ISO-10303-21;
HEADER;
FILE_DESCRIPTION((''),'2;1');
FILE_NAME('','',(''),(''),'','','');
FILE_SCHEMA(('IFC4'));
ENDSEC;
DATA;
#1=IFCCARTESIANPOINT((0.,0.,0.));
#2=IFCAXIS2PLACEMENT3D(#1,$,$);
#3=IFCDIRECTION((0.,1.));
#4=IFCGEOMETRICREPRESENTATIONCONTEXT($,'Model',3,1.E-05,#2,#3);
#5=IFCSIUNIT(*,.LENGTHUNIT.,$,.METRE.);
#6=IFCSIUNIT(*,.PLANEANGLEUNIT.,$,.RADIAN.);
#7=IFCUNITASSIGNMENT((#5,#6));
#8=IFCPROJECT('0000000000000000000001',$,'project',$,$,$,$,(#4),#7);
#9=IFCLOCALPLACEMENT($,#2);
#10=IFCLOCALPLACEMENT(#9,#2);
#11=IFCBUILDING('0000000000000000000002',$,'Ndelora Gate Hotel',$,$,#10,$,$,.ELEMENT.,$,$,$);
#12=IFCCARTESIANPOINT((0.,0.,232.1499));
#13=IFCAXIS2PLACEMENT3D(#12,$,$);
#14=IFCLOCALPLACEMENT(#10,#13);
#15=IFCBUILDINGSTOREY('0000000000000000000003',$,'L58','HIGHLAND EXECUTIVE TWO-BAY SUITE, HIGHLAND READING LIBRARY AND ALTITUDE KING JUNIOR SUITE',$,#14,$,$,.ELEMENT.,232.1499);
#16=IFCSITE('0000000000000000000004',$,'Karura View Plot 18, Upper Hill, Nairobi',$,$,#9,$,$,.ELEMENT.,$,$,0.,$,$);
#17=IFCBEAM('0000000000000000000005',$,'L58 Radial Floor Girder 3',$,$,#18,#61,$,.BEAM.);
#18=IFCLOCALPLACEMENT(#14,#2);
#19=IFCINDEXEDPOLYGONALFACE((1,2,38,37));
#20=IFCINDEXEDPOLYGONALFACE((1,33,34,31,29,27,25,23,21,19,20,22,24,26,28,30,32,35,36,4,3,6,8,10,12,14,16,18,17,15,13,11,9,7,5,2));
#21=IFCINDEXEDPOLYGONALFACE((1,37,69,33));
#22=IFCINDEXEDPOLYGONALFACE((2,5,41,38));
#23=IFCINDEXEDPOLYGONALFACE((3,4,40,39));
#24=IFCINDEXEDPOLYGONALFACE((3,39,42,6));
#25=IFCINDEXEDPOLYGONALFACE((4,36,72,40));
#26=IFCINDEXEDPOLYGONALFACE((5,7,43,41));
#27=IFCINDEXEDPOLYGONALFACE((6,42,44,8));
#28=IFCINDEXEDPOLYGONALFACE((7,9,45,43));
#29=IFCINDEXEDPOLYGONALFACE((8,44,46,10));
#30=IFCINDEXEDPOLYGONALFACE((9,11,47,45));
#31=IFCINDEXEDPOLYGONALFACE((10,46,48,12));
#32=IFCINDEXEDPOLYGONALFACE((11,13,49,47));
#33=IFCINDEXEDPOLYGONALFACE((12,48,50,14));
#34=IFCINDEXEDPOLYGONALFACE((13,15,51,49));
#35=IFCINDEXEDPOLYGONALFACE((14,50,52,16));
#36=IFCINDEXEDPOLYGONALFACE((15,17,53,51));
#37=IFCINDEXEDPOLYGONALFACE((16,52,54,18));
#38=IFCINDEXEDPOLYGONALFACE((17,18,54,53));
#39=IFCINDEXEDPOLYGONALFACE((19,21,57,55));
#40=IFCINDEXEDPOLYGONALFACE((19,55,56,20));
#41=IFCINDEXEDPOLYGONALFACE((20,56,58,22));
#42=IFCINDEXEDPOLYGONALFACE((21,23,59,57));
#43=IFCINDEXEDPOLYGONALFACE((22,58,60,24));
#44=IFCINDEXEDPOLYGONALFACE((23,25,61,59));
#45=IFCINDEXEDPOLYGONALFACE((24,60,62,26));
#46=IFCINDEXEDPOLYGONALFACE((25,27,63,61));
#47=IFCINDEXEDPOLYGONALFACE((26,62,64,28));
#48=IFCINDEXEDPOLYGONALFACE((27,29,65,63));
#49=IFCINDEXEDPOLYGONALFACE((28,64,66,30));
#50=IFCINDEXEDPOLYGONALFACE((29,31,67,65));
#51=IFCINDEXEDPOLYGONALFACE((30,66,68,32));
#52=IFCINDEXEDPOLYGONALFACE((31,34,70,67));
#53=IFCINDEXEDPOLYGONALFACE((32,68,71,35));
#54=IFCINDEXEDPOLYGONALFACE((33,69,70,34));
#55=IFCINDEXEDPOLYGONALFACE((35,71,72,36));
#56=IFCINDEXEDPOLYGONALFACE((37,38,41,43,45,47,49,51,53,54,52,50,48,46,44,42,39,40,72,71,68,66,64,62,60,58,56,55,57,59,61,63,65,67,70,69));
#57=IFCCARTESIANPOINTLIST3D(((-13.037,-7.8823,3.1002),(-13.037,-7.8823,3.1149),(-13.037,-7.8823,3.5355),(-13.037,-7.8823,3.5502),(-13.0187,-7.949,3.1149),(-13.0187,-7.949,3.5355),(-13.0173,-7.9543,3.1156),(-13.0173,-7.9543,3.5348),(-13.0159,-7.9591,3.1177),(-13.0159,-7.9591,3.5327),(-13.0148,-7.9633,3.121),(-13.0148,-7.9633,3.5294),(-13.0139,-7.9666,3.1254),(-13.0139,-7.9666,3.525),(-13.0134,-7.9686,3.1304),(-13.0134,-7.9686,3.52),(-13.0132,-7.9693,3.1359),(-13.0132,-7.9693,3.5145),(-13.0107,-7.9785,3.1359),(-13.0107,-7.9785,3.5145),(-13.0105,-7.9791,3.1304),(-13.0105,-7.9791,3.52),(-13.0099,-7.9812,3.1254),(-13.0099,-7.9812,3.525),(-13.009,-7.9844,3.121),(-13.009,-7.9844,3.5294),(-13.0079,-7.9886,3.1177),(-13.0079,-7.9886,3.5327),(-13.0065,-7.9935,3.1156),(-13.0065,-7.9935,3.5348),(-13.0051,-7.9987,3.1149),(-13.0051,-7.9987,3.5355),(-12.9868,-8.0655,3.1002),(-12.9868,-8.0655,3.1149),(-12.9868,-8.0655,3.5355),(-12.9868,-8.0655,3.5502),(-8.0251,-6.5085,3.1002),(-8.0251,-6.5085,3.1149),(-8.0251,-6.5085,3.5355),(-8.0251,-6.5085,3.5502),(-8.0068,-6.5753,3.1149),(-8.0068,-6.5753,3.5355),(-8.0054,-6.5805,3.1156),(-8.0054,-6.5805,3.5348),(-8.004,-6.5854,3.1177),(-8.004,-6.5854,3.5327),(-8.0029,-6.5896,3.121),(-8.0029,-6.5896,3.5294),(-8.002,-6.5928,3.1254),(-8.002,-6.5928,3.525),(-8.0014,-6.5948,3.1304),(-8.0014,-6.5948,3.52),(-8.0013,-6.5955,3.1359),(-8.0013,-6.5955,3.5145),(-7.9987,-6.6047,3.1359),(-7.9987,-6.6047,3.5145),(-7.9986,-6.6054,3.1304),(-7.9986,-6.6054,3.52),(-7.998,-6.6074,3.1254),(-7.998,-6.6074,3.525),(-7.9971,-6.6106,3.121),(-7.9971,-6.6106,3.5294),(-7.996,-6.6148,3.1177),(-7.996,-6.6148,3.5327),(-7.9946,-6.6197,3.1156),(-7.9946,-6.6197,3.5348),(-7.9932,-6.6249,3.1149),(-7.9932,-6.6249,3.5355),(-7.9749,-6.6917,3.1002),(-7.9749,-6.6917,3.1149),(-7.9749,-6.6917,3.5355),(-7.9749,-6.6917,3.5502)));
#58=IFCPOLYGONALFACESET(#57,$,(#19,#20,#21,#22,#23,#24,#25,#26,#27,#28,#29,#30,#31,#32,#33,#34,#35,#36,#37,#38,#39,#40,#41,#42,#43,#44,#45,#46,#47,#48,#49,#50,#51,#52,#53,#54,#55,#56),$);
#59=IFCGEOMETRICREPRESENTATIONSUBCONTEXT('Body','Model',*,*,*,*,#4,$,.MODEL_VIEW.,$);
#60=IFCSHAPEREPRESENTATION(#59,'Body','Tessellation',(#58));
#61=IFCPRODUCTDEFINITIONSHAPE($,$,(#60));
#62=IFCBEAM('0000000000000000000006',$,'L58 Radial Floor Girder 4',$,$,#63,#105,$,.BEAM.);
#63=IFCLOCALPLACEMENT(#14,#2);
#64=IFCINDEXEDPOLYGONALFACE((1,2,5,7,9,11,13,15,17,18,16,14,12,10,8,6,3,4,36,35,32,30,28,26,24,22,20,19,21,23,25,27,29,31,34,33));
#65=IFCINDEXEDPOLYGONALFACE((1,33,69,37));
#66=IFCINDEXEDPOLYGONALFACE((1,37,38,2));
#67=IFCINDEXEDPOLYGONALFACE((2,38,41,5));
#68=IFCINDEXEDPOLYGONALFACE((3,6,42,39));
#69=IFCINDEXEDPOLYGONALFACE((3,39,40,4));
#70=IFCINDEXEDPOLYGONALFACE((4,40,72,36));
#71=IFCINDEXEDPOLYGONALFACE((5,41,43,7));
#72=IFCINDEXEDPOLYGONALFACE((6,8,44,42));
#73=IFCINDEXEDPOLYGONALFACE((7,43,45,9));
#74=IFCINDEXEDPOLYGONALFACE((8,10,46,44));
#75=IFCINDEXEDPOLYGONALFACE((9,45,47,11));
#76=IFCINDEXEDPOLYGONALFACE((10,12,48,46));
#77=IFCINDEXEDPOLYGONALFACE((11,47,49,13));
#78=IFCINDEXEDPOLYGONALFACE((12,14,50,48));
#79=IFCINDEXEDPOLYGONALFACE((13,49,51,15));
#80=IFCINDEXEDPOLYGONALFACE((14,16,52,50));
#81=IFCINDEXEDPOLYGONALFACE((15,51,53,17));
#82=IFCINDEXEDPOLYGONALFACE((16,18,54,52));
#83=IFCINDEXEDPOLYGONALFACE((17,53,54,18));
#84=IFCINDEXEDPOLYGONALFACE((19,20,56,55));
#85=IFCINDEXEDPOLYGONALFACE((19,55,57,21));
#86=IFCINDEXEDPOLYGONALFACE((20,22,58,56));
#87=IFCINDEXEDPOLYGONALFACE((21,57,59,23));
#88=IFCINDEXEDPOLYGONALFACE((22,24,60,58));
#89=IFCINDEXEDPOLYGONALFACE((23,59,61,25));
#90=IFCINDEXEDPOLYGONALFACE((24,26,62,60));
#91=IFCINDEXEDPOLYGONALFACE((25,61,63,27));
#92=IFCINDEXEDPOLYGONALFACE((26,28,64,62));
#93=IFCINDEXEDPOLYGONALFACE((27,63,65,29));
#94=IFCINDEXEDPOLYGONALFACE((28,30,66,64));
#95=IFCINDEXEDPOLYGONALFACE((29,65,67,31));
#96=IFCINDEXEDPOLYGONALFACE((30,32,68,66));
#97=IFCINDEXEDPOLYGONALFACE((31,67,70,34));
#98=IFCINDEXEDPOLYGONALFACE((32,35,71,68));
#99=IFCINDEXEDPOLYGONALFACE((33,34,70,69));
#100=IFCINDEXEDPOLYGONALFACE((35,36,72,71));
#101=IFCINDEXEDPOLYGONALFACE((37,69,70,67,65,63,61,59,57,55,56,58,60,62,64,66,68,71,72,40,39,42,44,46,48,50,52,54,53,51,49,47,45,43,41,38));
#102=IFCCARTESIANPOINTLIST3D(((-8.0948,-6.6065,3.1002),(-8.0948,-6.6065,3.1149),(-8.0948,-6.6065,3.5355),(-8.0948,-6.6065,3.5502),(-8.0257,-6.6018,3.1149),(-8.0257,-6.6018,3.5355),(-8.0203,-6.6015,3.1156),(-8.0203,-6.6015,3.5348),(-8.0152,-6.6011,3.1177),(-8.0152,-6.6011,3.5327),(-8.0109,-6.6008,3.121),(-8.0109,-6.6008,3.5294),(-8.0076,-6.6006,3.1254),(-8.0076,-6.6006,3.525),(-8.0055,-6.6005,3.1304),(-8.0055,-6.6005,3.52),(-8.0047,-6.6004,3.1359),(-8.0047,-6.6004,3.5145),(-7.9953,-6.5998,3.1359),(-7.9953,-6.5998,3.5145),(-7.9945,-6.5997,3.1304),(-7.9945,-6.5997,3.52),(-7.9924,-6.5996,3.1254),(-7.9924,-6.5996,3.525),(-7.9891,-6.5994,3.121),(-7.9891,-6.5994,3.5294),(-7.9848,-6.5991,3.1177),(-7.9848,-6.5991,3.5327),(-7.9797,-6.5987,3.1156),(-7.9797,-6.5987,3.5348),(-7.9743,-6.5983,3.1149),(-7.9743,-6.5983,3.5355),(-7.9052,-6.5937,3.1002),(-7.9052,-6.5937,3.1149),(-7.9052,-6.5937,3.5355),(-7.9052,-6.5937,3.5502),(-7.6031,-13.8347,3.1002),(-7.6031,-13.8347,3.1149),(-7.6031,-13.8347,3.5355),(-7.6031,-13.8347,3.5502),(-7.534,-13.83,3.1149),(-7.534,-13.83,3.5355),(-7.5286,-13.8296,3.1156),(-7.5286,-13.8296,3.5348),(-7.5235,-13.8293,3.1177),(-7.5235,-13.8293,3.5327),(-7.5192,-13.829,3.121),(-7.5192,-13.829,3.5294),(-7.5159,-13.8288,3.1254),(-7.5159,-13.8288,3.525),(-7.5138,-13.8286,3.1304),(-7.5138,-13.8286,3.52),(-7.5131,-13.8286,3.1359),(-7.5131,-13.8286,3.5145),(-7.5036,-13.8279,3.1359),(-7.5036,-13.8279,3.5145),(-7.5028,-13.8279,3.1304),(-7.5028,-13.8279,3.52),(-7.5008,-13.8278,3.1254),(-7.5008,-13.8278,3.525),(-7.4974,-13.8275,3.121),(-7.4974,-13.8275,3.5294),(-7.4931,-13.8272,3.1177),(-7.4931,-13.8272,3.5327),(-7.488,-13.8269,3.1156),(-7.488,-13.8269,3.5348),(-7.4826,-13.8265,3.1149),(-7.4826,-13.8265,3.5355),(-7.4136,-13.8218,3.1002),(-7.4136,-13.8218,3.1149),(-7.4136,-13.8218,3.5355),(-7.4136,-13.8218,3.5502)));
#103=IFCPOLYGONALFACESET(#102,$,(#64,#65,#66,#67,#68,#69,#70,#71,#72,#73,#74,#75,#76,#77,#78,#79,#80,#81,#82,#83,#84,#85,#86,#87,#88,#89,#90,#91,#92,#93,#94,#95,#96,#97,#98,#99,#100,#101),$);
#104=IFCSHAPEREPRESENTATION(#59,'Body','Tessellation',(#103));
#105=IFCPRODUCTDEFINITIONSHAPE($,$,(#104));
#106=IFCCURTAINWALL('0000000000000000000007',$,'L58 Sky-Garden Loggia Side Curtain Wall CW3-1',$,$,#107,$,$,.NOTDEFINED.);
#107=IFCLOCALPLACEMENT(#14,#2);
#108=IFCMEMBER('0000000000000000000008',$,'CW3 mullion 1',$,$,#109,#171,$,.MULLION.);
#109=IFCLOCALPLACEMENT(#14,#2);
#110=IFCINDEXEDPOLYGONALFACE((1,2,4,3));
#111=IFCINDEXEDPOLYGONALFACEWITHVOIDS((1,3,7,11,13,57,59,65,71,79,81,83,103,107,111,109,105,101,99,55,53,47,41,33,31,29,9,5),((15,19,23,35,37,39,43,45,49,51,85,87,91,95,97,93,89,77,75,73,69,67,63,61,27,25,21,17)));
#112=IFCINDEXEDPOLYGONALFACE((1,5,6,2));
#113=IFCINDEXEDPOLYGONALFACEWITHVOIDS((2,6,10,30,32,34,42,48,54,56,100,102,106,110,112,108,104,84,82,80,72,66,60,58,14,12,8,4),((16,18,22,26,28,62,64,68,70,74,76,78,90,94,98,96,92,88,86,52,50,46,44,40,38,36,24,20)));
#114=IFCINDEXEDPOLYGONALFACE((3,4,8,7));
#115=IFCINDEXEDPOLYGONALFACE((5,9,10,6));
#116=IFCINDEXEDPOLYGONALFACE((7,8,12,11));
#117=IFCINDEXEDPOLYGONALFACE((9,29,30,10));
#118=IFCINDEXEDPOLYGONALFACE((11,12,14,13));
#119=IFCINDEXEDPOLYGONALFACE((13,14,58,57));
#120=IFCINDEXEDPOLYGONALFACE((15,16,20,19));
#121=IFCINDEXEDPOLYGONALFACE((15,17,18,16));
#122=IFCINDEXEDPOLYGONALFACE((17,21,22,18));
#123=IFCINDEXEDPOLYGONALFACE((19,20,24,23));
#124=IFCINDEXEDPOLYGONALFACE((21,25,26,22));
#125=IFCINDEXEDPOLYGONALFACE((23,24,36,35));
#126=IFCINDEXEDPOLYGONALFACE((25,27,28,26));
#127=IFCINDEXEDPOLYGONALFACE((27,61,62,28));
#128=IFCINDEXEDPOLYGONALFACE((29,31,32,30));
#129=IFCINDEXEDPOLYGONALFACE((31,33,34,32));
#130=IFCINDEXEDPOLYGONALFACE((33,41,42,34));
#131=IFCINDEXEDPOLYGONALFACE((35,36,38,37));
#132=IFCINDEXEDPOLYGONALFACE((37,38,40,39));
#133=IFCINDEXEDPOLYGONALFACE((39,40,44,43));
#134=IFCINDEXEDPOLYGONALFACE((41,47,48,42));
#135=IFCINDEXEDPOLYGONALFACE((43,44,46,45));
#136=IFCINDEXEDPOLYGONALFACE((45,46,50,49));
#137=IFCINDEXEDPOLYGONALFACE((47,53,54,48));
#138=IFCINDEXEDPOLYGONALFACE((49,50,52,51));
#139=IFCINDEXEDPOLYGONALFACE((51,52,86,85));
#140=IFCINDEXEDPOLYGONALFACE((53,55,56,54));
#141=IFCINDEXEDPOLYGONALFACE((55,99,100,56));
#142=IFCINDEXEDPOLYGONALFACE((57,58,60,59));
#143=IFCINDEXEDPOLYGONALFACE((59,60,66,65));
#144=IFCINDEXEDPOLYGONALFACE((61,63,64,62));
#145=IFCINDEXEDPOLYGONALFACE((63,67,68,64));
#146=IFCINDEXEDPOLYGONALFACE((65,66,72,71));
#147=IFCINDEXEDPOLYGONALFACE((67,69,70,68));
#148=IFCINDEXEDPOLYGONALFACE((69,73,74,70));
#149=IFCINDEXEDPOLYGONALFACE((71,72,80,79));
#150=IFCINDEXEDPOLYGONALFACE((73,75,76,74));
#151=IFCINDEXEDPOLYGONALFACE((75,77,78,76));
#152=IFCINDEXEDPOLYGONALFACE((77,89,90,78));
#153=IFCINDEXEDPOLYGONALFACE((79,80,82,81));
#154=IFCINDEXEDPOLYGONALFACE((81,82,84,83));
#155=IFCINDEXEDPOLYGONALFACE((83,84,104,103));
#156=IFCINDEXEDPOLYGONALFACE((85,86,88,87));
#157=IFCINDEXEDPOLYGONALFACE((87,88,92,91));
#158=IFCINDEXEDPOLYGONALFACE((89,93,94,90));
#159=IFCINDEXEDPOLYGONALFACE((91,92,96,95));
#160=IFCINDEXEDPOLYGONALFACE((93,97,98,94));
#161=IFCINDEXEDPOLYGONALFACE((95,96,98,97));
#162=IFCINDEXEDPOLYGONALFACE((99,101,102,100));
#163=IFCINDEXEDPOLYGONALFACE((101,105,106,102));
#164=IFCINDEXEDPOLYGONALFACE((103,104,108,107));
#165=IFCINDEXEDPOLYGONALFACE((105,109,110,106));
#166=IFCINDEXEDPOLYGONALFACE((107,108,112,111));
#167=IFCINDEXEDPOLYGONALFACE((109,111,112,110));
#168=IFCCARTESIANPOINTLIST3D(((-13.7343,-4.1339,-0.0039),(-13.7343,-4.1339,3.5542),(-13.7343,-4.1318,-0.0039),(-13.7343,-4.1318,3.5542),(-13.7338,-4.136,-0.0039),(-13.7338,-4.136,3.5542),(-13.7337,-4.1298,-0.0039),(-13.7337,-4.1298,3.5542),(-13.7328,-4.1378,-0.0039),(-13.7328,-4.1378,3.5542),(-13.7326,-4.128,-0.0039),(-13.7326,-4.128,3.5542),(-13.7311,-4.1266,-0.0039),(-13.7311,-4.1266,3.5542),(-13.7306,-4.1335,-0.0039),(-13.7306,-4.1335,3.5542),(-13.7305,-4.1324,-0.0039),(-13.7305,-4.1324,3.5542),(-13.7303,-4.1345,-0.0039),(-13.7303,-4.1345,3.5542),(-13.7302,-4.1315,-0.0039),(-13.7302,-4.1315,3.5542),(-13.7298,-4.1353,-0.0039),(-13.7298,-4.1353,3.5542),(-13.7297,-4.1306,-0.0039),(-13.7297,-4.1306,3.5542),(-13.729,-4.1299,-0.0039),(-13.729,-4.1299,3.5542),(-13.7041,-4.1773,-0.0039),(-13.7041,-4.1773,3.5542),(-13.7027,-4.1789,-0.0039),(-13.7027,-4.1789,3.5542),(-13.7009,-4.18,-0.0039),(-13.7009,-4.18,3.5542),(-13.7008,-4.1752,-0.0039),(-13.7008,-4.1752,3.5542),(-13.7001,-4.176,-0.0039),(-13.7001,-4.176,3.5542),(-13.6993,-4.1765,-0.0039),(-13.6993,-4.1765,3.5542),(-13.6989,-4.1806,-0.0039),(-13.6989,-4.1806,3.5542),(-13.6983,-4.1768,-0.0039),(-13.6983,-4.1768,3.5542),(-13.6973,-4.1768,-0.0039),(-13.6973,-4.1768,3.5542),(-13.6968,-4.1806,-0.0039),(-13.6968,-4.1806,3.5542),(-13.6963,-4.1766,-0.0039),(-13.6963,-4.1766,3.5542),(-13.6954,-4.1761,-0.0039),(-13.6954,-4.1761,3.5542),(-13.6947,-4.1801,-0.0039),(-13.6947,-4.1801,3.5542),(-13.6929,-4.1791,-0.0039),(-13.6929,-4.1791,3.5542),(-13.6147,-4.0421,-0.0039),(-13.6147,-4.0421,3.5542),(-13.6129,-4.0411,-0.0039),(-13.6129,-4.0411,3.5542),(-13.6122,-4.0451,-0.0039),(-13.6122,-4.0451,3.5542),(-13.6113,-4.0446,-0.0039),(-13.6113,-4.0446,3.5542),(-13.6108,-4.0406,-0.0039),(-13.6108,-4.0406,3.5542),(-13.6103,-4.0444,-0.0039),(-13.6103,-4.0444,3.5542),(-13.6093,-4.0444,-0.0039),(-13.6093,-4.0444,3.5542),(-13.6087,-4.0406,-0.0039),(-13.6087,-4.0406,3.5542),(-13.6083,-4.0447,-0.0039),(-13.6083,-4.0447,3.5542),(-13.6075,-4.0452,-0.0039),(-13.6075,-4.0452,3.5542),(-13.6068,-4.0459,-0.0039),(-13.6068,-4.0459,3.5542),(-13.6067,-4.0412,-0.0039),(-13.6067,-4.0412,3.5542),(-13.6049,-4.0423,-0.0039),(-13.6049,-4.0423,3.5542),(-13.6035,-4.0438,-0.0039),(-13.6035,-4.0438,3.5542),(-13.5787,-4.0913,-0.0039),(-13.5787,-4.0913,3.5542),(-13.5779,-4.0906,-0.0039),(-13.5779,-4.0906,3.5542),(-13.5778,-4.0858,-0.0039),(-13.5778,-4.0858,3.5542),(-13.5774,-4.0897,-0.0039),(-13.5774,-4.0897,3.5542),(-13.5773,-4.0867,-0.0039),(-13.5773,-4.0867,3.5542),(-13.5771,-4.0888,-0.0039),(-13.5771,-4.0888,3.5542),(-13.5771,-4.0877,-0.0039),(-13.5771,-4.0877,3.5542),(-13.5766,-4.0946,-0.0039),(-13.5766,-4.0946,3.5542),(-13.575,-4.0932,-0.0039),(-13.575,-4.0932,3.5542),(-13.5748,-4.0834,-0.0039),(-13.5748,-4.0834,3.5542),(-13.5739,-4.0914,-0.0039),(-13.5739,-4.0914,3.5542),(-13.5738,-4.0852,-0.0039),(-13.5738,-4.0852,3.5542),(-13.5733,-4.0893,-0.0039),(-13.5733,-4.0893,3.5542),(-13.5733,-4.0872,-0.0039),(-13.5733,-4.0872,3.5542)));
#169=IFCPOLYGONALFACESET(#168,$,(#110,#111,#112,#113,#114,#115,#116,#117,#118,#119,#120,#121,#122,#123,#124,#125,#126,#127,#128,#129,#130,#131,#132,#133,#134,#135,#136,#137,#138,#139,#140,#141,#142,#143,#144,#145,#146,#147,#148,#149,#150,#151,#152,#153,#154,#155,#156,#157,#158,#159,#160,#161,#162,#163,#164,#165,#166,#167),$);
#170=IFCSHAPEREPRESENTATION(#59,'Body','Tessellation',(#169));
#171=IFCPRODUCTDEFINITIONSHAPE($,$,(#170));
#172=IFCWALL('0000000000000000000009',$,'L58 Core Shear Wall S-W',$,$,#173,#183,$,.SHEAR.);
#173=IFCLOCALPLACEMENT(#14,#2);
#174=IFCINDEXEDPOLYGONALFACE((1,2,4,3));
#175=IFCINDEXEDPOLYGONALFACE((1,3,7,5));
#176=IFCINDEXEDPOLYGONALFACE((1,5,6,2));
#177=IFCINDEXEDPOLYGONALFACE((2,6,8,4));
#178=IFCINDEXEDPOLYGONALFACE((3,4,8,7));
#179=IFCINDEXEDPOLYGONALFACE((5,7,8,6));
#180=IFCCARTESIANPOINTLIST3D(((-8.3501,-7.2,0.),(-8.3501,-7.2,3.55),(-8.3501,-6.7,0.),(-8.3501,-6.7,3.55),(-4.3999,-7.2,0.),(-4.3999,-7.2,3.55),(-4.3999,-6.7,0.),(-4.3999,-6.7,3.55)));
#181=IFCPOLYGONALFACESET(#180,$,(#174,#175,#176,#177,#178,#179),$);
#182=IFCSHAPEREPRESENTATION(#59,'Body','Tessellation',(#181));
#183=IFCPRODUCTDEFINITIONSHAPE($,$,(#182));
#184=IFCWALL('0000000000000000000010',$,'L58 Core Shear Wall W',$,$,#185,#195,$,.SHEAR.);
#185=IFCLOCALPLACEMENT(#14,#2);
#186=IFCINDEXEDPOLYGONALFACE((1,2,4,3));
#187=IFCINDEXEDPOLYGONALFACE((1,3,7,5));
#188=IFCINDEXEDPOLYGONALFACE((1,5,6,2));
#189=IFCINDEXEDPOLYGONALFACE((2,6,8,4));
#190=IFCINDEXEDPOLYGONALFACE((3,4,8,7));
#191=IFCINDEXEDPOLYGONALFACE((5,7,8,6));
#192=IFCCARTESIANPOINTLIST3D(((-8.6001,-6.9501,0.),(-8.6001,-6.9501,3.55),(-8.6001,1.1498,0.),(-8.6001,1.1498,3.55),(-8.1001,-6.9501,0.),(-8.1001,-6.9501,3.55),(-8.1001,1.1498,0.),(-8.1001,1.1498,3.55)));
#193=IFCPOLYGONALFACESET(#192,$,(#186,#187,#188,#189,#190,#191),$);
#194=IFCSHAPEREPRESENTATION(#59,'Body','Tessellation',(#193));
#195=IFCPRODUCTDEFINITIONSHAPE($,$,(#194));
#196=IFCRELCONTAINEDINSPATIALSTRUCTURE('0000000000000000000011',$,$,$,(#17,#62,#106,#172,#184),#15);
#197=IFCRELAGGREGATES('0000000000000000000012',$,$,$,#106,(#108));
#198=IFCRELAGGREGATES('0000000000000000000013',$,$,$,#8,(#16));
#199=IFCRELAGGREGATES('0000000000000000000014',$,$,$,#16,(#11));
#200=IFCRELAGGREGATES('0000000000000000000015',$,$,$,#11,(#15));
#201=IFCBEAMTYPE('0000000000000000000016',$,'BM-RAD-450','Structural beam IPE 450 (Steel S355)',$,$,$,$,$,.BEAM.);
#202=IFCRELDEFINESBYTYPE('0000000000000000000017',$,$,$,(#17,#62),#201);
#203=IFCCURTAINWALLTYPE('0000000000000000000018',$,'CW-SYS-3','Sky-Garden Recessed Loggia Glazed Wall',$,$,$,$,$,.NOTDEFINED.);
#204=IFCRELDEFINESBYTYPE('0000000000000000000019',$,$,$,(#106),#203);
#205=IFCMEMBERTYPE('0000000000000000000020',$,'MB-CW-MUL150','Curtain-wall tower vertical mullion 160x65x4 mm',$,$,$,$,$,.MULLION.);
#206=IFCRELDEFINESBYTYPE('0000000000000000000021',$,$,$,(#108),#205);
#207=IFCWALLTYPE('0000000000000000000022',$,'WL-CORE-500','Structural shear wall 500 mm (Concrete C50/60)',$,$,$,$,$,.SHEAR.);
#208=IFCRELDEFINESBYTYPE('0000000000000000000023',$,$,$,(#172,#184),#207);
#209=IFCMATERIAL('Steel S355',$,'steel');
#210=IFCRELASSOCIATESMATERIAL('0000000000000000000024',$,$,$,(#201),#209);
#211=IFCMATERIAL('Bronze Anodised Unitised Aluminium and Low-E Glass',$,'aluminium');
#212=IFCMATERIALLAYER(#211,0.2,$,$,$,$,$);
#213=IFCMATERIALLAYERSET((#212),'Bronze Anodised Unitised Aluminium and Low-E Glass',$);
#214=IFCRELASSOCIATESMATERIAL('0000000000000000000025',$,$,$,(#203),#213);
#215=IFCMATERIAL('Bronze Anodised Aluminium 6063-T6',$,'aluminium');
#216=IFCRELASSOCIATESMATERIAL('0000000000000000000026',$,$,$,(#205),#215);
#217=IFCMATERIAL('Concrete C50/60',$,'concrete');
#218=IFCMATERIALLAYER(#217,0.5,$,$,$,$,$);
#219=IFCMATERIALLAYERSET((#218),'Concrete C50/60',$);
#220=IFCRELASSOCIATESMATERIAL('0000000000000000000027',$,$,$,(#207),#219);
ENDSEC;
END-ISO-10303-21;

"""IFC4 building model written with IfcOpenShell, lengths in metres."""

from ifc_helpers import new_model, si_unit, direction, frame, frame_2d, origin, origin_2d, place, context, subcontext, project, spatial, rectangle, hollow_rectangle, i_section, extrude, material, layer, layer_set, material_profile, profile_set, type_object, element, aggregate, save


model = new_model("IFC4")

# Units and contexts
model_context = context("Model", 3, precision=1e-05, world=origin(), true_north=direction((0.0, 1.0)))
body_context = subcontext(model_context, "Body", "Model", "MODEL_VIEW")
ifc_project = project(units=[si_unit("LENGTHUNIT", "METRE"), si_unit("PLANEANGLEUNIT", "RADIAN")], contexts=[model_context])

# Site, building, storey
site_placement = place(None, origin())
site = spatial("IfcSite", under=ifc_project, at=site_placement, Name="Karura View Plot 18, Upper Hill, Nairobi", CompositionType="ELEMENT", RefElevation=0.0)
building_placement = place(site_placement, origin())
building = spatial("IfcBuilding", under=site, at=building_placement, Name="Ndelora Gate Hotel", CompositionType="ELEMENT")
storey_placement = place(building_placement, frame((0.0, 0.0, 232.1499)))
storey = spatial("IfcBuildingStorey", under=building, at=storey_placement, Name="L58", Description="HIGHLAND EXECUTIVE TWO-BAY SUITE, HIGHLAND READING LIBRARY AND ALTITUDE KING JUNIOR SUITE", CompositionType="ELEMENT", Elevation=232.1499)

# Shared definitions
ifc_material_1 = material(Name="Concrete C50/60", Category="concrete")

# Beams
ifc_material_2 = material(Name="Steel S355", Category="steel")
ifc_material_profile_1 = material_profile(ifc_material_2, i_section(OverallWidth=0.1899, OverallDepth=0.45, WebThickness=0.0095, FlangeThickness=0.0146, FilletRadius=0.021, at=origin_2d()), Name="IPE 450")
ifc_profile_set_1 = profile_set([ifc_material_profile_1], Name="Steel S355")
beam_type_1 = type_object("IfcBeamType", Name="BM-RAD-450", Description="Structural beam IPE 450 (Steel S355)", PredefinedType="BEAM", material=ifc_profile_set_1)
beam_1_placement = place(storey_placement, frame((-8.0, -6.6001, 3.3252), z_axis=(-0.964427, -0.264349, 0.0), x_axis=(0.264349, -0.964427, 0.0)))
element("IfcBeam", 1, at=beam_1_placement, inside=storey, type_object=beam_type_1, Name="L58 Radial Floor Girder 3", PredefinedType="BEAM", context=body_context, shape_type="SweptSolid", body=[
    extrude(i_section(OverallWidth=0.1899, OverallDepth=0.45, WebThickness=0.0095, FlangeThickness=0.0146, FilletRadius=0.021, at=origin_2d()), origin(), (0.0, 0.0, 1.0), 5.1968),
])
beam_2_placement = place(storey_placement, frame((-8.0, -6.6001, 3.3252), z_axis=(0.067868, -0.997694, 0.0), x_axis=(0.997694, 0.067868, 0.0)))
element("IfcBeam", 2, at=beam_2_placement, inside=storey, type_object=beam_type_1, Name="L58 Radial Floor Girder 4", PredefinedType="BEAM", context=body_context, shape_type="SweptSolid", body=[
    extrude(i_section(OverallWidth=0.1899, OverallDepth=0.45, WebThickness=0.0095, FlangeThickness=0.0146, FilletRadius=0.021, at=origin_2d()), origin(), (0.0, 0.0, 1.0), 7.2449),
])

# Curtain wall, member
ifc_material_3 = material(Name="Bronze Anodised Unitised Aluminium and Low-E Glass", Category="aluminium")
ifc_layer_1 = layer(ifc_material_3, 0.2)
ifc_layer_set_1 = layer_set([ifc_layer_1], Name="Bronze Anodised Unitised Aluminium and Low-E Glass")
curtain_wall_type = type_object("IfcCurtainWallType", Name="CW-SYS-3", Description="Sky-Garden Recessed Loggia Glazed Wall", PredefinedType="NOTDEFINED", material=ifc_layer_set_1)
curtain_wall_placement = place(storey_placement, origin())
curtain_wall = element("IfcCurtainWall", 3, at=curtain_wall_placement, inside=storey, type_object=curtain_wall_type, Name="L58 Sky-Garden Loggia Side Curtain Wall CW3-1", PredefinedType="NOTDEFINED")
ifc_material_4 = material(Name="Bronze Anodised Aluminium 6063-T6", Category="aluminium")
ifc_material_profile_2 = material_profile(ifc_material_4, hollow_rectangle(XDim=0.0649, YDim=0.1599, WallThickness=0.0039, InnerFilletRadius=0.0039, OuterFilletRadius=0.0081, at=origin_2d()), Name="ALU 160x65x4")
ifc_profile_set_2 = profile_set([ifc_material_profile_2], Name="Bronze Anodised Aluminium 6063-T6")
member_type = type_object("IfcMemberType", Name="MB-CW-MUL150", Description="Curtain-wall tower vertical mullion 160x65x4 mm", PredefinedType="MULLION", material=ifc_profile_set_2)
member_placement = place(storey_placement, frame((-13.6538, -4.1106, -0.0039), z_axis=(0.0, 0.0, 1.0), x_axis=(0.587785, -0.809017, 0.0)))
member = element("IfcMember", 4, at=member_placement, type_object=member_type, Name="CW3 mullion 1", PredefinedType="MULLION", context=body_context, shape_type="SweptSolid", body=[
    extrude(hollow_rectangle(XDim=0.0649, YDim=0.1599, WallThickness=0.0039, InnerFilletRadius=0.0039, OuterFilletRadius=0.0081, at=origin_2d()), origin(), (0.0, 0.0, 1.0), 3.5581),
])
aggregate(curtain_wall, [member])

# Walls
ifc_layer_2 = layer(ifc_material_1, 0.5)
ifc_layer_set_2 = layer_set([ifc_layer_2], Name="Concrete C50/60")
wall_type_1 = type_object("IfcWallType", Name="WL-CORE-500", Description="Structural shear wall 500 mm (Concrete C50/60)", PredefinedType="SHEAR", material=ifc_layer_set_2)
wall_1_placement = place(storey_placement, frame((-8.3501, -6.95, 0.0), z_axis=(0.0, 0.0, 1.0), x_axis=(1.0, 0.0, 0.0)))
element("IfcWall", 5, at=wall_1_placement, inside=storey, type_object=wall_type_1, Name="L58 Core Shear Wall S-W", PredefinedType="SHEAR", context=body_context, shape_type="SweptSolid", body=[
    extrude(rectangle(XDim=3.9502, YDim=0.5, at=frame_2d((1.9751, 0.0))), origin(), (0.0, 0.0, 1.0), 3.55),
])
wall_2_placement = place(storey_placement, frame((-8.3501, -6.95, 0.0), z_axis=(0.0, 0.0, 1.0), x_axis=(0.0, 1.0, 0.0)))
element("IfcWall", 6, at=wall_2_placement, inside=storey, type_object=wall_type_1, Name="L58 Core Shear Wall W", PredefinedType="SHEAR", context=body_context, shape_type="SweptSolid", body=[
    extrude(rectangle(XDim=8.0999, YDim=0.5, at=frame_2d((4.0498, 0.0))), origin(), (0.0, 0.0, 1.0), 3.55),
])

save(model, "model.ifc")
